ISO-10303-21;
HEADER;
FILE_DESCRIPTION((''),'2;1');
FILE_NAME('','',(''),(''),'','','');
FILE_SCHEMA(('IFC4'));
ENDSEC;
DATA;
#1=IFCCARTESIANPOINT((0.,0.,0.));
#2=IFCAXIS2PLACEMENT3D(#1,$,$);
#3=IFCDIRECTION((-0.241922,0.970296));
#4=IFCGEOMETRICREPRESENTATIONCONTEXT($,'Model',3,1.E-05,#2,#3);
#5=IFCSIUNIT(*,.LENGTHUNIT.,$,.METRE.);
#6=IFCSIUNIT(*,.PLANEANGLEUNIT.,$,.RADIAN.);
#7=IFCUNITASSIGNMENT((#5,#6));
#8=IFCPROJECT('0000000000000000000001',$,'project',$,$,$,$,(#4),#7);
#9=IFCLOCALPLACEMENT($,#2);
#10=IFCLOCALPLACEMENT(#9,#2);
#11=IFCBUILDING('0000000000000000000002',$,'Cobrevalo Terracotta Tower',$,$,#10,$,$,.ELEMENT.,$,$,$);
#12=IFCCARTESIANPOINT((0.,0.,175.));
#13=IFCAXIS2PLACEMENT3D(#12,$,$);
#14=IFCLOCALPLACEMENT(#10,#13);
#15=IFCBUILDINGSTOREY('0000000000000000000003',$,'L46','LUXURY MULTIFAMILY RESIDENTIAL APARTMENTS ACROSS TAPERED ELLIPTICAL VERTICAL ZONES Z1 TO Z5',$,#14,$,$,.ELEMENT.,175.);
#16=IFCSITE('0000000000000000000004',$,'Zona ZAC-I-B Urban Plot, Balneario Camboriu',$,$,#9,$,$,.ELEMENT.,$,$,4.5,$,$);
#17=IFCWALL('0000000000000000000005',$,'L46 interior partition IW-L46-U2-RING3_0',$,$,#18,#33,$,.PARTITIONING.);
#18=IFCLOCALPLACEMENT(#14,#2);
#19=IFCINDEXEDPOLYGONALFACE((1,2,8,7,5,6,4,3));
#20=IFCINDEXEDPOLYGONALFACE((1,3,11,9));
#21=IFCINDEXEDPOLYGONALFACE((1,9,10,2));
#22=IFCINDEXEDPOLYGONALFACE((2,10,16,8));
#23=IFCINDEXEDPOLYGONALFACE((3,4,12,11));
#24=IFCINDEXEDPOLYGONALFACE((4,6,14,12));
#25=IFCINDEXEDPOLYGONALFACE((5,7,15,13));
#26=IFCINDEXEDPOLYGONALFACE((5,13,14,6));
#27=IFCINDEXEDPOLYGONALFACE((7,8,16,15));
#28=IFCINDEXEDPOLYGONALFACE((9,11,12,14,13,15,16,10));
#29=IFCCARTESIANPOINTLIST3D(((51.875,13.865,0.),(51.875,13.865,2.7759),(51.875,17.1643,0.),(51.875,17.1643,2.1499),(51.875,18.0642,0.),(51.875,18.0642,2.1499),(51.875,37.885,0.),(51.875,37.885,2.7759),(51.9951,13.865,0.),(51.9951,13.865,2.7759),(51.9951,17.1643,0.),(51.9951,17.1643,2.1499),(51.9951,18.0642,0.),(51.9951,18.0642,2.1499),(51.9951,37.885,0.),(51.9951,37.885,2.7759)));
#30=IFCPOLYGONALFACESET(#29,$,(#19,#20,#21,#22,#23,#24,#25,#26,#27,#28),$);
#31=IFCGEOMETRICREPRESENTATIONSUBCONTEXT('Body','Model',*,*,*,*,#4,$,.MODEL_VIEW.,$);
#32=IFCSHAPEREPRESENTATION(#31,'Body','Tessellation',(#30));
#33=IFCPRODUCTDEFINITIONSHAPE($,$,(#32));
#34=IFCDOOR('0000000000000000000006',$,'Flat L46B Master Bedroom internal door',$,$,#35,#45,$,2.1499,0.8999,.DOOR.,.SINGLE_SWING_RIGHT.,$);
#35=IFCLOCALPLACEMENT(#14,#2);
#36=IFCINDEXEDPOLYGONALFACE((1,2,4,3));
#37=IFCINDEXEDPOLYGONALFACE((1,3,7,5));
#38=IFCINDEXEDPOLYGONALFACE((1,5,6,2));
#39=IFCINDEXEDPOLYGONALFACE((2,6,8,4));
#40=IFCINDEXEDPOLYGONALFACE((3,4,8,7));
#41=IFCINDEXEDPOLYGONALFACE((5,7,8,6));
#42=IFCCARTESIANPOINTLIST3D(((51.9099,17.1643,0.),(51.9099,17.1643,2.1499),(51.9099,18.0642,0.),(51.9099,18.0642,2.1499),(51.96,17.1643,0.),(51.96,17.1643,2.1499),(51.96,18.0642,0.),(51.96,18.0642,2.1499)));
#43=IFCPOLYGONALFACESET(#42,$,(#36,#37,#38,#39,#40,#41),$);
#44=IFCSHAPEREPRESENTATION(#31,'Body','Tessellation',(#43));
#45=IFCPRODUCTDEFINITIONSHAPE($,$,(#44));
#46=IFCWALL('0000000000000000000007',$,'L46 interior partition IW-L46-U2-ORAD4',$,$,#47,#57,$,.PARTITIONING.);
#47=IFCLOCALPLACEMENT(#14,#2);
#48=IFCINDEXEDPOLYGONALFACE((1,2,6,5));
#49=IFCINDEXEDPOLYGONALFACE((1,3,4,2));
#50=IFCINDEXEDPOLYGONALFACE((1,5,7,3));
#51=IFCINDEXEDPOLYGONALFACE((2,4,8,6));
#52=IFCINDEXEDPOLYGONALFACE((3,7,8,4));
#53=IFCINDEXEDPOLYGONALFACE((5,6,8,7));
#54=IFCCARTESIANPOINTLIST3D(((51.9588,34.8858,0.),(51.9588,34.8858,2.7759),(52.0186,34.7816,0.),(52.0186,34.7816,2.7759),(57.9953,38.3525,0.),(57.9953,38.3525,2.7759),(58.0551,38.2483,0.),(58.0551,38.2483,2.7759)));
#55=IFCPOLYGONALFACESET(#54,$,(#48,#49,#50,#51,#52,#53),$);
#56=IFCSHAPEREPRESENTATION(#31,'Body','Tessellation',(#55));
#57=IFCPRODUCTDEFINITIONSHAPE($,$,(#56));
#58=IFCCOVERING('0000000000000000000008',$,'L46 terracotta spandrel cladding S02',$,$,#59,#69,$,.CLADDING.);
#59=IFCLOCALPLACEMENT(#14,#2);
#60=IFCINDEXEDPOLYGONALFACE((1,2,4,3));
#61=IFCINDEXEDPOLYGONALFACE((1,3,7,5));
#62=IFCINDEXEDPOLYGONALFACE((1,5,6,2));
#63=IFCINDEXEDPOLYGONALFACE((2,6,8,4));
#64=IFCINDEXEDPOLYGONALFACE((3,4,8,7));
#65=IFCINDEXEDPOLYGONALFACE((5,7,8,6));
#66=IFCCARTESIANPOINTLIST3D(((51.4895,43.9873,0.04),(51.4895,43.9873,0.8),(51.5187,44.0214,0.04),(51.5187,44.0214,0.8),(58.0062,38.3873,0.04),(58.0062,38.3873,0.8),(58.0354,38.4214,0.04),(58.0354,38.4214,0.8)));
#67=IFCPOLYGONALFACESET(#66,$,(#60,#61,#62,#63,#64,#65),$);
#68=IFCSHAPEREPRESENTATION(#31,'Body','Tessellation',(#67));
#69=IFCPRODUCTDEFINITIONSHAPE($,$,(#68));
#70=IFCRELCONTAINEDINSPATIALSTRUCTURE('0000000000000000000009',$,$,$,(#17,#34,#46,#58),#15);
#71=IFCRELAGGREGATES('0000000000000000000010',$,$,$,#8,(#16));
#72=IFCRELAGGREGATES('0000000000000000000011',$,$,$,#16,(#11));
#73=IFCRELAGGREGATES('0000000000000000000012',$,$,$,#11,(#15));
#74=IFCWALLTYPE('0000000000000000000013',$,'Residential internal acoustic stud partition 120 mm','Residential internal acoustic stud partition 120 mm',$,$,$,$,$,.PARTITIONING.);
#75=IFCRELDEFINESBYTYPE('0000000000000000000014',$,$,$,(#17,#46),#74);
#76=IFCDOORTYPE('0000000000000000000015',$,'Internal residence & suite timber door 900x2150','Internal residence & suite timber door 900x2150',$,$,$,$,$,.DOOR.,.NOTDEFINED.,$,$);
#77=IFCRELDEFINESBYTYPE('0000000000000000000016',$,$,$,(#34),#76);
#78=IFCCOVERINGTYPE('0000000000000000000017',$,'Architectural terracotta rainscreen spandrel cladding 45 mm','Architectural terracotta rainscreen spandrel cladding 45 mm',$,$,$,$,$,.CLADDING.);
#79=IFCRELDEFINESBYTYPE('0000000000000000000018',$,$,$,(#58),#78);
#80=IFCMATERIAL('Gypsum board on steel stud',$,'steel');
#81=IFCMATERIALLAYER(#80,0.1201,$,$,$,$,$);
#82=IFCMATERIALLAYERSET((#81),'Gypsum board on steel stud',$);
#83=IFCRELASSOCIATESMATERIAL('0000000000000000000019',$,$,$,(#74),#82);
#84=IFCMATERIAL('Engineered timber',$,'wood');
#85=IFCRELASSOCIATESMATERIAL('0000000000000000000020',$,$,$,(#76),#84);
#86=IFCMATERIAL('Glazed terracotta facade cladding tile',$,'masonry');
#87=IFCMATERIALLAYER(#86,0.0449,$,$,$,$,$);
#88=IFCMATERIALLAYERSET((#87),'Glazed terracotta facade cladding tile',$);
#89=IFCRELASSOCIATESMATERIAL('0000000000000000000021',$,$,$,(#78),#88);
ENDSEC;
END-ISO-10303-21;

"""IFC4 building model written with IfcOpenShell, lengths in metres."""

from ifc_helpers import new_model, si_unit, direction, frame, frame_2d, origin, origin_2d, place, context, subcontext, project, spatial, rectangle, extrude, source, transform, mapped, material, layer, layer_set, type_object, element, fill, save


model = new_model("IFC4")

# Units and contexts
model_context = context("Model", 3, precision=1e-05, world=origin(), true_north=direction((-0.241922, 0.970296)))
body_context = subcontext(model_context, "Body", "Model", "MODEL_VIEW")
ifc_project = project(units=[si_unit("LENGTHUNIT", "METRE"), si_unit("PLANEANGLEUNIT", "RADIAN")], contexts=[model_context])

# Site, building, storey
site_placement = place(None, origin())
site = spatial("IfcSite", under=ifc_project, at=site_placement, Name="Zona ZAC-I-B Urban Plot, Balneario Camboriu", CompositionType="ELEMENT", RefElevation=4.5)
building_placement = place(site_placement, origin())
building = spatial("IfcBuilding", under=site, at=building_placement, Name="Cobrevalo Terracotta Tower", CompositionType="ELEMENT")
storey_placement = place(building_placement, frame((0.0, 0.0, 175.0)))
storey = spatial("IfcBuildingStorey", under=building, at=storey_placement, Name="L46", Description="LUXURY MULTIFAMILY RESIDENTIAL APARTMENTS ACROSS TAPERED ELLIPTICAL VERTICAL ZONES Z1 TO Z5", CompositionType="ELEMENT", Elevation=175.0)

# Wall, opening, door
ifc_material_1 = material(Name="Gypsum board on steel stud", Category="steel")
ifc_layer_1 = layer(ifc_material_1, 0.1201)
ifc_layer_set_1 = layer_set([ifc_layer_1], Name="Gypsum board on steel stud")
wall_type_1 = type_object("IfcWallType", Name="Residential internal acoustic stud partition 120 mm", Description="Residential internal acoustic stud partition 120 mm", PredefinedType="PARTITIONING", material=ifc_layer_set_1)
wall_1_placement = place(storey_placement, frame((51.9351, 37.885, 0.0), z_axis=(0.0, 0.0, 1.0), x_axis=(0.0, -1.0, 0.0)))
wall_1 = element("IfcWall", 1, at=wall_1_placement, inside=storey, type_object=wall_type_1, Name="L46 interior partition IW-L46-U2-RING3_0", PredefinedType="PARTITIONING", context=body_context, shape_type="SweptSolid", body=[
    extrude(rectangle(XDim=24.02, YDim=0.1201, at=frame_2d((12.01, 0.0))), origin(), (0.0, 0.0, 1.0), 2.7759),
])
opening_1_placement = place(wall_1_placement, frame((19.8208, 0.0, 0.0)))
opening_1 = element("IfcOpeningElement", 2, at=opening_1_placement, cuts=wall_1, PredefinedType="OPENING", context=body_context, shape_type="SweptSolid", body=[
    extrude(rectangle(XDim=0.8999, YDim=2.1499, at=frame_2d((0.45, 1.075))), frame((0.0, 0.0701, 0.0), z_axis=(0.0, -1.0, 0.0), x_axis=(1.0, 0.0, 0.0)), (0.0, 0.0, 1.0), 0.1401),
])
ifc_material_2 = material(Name="Engineered timber", Category="wood")
door_type_1 = type_object("IfcDoorType", Name="Internal residence & suite timber door 900x2150", Description="Internal residence & suite timber door 900x2150", OperationType="NOTDEFINED", PredefinedType="DOOR", material=ifc_material_2)
shared_shape_1 = source(origin(), body_context, "Body", "SweptSolid", [
    extrude(rectangle(XDim=0.8999, YDim=2.1499, at=frame_2d((0.45, 1.075))), frame((0.0, 0.0249, 0.0), z_axis=(0.0, -1.0, 0.0), x_axis=(1.0, 0.0, 0.0)), (0.0, 0.0, 1.0), 0.05),
])
door_1_placement = place(opening_1_placement, origin())
door_1 = element("IfcDoor", 3, at=door_1_placement, inside=storey, type_object=door_type_1, Name="Flat L46B Master Bedroom internal door", OperationType="SINGLE_SWING_RIGHT", OverallHeight=2.1499, OverallWidth=0.8999, PredefinedType="DOOR", context=body_context, shape_type="MappedRepresentation", body=[
    mapped(shared_shape_1, transform((0.0, 0.0, 0.0), scale=1.0)),
])
fill(opening_1, door_1)

# Wall
wall_2_placement = place(storey_placement, frame((51.9888, 34.8337, 0.0), z_axis=(0.0, 0.0, 1.0), x_axis=(0.867171, 0.498011, 0.0)))
element("IfcWall", 4, at=wall_2_placement, inside=storey, type_object=wall_type_1, Name="L46 interior partition IW-L46-U2-ORAD4", PredefinedType="PARTITIONING", context=body_context, shape_type="SweptSolid", body=[
    extrude(rectangle(XDim=6.9612, YDim=0.1201, at=frame_2d((3.4805, 0.0))), origin(), (0.0, 0.0, 1.0), 2.7759),
])

# Covering
ifc_material_3 = material(Name="Glazed terracotta facade cladding tile", Category="masonry")
ifc_layer_2 = layer(ifc_material_3, 0.0449)
ifc_layer_set_2 = layer_set([ifc_layer_2], Name="Glazed terracotta facade cladding tile")
covering_type = type_object("IfcCoveringType", Name="Architectural terracotta rainscreen spandrel cladding 45 mm", Description="Architectural terracotta rainscreen spandrel cladding 45 mm", PredefinedType="CLADDING", material=ifc_layer_set_2)
shared_shape_2 = source(origin(), body_context, "Body", "SweptSolid", [
    extrude(rectangle(XDim=8.5923, YDim=0.0449, at=origin_2d()), origin(), (0.0, 0.0, 1.0), 0.76),
])
covering_placement = place(storey_placement, frame((54.7625, 41.2043, 0.04), z_axis=(0.0, 0.0, 1.0), x_axis=(-0.758437, 0.651746, 0.0)))
element("IfcCovering", 5, at=covering_placement, inside=storey, type_object=covering_type, Name="L46 terracotta spandrel cladding S02", PredefinedType="CLADDING", context=body_context, shape_type="MappedRepresentation", body=[
    mapped(shared_shape_2, transform((0.0, 0.0, 0.0), scale=1.0)),
])

save(model, "model.ifc")
